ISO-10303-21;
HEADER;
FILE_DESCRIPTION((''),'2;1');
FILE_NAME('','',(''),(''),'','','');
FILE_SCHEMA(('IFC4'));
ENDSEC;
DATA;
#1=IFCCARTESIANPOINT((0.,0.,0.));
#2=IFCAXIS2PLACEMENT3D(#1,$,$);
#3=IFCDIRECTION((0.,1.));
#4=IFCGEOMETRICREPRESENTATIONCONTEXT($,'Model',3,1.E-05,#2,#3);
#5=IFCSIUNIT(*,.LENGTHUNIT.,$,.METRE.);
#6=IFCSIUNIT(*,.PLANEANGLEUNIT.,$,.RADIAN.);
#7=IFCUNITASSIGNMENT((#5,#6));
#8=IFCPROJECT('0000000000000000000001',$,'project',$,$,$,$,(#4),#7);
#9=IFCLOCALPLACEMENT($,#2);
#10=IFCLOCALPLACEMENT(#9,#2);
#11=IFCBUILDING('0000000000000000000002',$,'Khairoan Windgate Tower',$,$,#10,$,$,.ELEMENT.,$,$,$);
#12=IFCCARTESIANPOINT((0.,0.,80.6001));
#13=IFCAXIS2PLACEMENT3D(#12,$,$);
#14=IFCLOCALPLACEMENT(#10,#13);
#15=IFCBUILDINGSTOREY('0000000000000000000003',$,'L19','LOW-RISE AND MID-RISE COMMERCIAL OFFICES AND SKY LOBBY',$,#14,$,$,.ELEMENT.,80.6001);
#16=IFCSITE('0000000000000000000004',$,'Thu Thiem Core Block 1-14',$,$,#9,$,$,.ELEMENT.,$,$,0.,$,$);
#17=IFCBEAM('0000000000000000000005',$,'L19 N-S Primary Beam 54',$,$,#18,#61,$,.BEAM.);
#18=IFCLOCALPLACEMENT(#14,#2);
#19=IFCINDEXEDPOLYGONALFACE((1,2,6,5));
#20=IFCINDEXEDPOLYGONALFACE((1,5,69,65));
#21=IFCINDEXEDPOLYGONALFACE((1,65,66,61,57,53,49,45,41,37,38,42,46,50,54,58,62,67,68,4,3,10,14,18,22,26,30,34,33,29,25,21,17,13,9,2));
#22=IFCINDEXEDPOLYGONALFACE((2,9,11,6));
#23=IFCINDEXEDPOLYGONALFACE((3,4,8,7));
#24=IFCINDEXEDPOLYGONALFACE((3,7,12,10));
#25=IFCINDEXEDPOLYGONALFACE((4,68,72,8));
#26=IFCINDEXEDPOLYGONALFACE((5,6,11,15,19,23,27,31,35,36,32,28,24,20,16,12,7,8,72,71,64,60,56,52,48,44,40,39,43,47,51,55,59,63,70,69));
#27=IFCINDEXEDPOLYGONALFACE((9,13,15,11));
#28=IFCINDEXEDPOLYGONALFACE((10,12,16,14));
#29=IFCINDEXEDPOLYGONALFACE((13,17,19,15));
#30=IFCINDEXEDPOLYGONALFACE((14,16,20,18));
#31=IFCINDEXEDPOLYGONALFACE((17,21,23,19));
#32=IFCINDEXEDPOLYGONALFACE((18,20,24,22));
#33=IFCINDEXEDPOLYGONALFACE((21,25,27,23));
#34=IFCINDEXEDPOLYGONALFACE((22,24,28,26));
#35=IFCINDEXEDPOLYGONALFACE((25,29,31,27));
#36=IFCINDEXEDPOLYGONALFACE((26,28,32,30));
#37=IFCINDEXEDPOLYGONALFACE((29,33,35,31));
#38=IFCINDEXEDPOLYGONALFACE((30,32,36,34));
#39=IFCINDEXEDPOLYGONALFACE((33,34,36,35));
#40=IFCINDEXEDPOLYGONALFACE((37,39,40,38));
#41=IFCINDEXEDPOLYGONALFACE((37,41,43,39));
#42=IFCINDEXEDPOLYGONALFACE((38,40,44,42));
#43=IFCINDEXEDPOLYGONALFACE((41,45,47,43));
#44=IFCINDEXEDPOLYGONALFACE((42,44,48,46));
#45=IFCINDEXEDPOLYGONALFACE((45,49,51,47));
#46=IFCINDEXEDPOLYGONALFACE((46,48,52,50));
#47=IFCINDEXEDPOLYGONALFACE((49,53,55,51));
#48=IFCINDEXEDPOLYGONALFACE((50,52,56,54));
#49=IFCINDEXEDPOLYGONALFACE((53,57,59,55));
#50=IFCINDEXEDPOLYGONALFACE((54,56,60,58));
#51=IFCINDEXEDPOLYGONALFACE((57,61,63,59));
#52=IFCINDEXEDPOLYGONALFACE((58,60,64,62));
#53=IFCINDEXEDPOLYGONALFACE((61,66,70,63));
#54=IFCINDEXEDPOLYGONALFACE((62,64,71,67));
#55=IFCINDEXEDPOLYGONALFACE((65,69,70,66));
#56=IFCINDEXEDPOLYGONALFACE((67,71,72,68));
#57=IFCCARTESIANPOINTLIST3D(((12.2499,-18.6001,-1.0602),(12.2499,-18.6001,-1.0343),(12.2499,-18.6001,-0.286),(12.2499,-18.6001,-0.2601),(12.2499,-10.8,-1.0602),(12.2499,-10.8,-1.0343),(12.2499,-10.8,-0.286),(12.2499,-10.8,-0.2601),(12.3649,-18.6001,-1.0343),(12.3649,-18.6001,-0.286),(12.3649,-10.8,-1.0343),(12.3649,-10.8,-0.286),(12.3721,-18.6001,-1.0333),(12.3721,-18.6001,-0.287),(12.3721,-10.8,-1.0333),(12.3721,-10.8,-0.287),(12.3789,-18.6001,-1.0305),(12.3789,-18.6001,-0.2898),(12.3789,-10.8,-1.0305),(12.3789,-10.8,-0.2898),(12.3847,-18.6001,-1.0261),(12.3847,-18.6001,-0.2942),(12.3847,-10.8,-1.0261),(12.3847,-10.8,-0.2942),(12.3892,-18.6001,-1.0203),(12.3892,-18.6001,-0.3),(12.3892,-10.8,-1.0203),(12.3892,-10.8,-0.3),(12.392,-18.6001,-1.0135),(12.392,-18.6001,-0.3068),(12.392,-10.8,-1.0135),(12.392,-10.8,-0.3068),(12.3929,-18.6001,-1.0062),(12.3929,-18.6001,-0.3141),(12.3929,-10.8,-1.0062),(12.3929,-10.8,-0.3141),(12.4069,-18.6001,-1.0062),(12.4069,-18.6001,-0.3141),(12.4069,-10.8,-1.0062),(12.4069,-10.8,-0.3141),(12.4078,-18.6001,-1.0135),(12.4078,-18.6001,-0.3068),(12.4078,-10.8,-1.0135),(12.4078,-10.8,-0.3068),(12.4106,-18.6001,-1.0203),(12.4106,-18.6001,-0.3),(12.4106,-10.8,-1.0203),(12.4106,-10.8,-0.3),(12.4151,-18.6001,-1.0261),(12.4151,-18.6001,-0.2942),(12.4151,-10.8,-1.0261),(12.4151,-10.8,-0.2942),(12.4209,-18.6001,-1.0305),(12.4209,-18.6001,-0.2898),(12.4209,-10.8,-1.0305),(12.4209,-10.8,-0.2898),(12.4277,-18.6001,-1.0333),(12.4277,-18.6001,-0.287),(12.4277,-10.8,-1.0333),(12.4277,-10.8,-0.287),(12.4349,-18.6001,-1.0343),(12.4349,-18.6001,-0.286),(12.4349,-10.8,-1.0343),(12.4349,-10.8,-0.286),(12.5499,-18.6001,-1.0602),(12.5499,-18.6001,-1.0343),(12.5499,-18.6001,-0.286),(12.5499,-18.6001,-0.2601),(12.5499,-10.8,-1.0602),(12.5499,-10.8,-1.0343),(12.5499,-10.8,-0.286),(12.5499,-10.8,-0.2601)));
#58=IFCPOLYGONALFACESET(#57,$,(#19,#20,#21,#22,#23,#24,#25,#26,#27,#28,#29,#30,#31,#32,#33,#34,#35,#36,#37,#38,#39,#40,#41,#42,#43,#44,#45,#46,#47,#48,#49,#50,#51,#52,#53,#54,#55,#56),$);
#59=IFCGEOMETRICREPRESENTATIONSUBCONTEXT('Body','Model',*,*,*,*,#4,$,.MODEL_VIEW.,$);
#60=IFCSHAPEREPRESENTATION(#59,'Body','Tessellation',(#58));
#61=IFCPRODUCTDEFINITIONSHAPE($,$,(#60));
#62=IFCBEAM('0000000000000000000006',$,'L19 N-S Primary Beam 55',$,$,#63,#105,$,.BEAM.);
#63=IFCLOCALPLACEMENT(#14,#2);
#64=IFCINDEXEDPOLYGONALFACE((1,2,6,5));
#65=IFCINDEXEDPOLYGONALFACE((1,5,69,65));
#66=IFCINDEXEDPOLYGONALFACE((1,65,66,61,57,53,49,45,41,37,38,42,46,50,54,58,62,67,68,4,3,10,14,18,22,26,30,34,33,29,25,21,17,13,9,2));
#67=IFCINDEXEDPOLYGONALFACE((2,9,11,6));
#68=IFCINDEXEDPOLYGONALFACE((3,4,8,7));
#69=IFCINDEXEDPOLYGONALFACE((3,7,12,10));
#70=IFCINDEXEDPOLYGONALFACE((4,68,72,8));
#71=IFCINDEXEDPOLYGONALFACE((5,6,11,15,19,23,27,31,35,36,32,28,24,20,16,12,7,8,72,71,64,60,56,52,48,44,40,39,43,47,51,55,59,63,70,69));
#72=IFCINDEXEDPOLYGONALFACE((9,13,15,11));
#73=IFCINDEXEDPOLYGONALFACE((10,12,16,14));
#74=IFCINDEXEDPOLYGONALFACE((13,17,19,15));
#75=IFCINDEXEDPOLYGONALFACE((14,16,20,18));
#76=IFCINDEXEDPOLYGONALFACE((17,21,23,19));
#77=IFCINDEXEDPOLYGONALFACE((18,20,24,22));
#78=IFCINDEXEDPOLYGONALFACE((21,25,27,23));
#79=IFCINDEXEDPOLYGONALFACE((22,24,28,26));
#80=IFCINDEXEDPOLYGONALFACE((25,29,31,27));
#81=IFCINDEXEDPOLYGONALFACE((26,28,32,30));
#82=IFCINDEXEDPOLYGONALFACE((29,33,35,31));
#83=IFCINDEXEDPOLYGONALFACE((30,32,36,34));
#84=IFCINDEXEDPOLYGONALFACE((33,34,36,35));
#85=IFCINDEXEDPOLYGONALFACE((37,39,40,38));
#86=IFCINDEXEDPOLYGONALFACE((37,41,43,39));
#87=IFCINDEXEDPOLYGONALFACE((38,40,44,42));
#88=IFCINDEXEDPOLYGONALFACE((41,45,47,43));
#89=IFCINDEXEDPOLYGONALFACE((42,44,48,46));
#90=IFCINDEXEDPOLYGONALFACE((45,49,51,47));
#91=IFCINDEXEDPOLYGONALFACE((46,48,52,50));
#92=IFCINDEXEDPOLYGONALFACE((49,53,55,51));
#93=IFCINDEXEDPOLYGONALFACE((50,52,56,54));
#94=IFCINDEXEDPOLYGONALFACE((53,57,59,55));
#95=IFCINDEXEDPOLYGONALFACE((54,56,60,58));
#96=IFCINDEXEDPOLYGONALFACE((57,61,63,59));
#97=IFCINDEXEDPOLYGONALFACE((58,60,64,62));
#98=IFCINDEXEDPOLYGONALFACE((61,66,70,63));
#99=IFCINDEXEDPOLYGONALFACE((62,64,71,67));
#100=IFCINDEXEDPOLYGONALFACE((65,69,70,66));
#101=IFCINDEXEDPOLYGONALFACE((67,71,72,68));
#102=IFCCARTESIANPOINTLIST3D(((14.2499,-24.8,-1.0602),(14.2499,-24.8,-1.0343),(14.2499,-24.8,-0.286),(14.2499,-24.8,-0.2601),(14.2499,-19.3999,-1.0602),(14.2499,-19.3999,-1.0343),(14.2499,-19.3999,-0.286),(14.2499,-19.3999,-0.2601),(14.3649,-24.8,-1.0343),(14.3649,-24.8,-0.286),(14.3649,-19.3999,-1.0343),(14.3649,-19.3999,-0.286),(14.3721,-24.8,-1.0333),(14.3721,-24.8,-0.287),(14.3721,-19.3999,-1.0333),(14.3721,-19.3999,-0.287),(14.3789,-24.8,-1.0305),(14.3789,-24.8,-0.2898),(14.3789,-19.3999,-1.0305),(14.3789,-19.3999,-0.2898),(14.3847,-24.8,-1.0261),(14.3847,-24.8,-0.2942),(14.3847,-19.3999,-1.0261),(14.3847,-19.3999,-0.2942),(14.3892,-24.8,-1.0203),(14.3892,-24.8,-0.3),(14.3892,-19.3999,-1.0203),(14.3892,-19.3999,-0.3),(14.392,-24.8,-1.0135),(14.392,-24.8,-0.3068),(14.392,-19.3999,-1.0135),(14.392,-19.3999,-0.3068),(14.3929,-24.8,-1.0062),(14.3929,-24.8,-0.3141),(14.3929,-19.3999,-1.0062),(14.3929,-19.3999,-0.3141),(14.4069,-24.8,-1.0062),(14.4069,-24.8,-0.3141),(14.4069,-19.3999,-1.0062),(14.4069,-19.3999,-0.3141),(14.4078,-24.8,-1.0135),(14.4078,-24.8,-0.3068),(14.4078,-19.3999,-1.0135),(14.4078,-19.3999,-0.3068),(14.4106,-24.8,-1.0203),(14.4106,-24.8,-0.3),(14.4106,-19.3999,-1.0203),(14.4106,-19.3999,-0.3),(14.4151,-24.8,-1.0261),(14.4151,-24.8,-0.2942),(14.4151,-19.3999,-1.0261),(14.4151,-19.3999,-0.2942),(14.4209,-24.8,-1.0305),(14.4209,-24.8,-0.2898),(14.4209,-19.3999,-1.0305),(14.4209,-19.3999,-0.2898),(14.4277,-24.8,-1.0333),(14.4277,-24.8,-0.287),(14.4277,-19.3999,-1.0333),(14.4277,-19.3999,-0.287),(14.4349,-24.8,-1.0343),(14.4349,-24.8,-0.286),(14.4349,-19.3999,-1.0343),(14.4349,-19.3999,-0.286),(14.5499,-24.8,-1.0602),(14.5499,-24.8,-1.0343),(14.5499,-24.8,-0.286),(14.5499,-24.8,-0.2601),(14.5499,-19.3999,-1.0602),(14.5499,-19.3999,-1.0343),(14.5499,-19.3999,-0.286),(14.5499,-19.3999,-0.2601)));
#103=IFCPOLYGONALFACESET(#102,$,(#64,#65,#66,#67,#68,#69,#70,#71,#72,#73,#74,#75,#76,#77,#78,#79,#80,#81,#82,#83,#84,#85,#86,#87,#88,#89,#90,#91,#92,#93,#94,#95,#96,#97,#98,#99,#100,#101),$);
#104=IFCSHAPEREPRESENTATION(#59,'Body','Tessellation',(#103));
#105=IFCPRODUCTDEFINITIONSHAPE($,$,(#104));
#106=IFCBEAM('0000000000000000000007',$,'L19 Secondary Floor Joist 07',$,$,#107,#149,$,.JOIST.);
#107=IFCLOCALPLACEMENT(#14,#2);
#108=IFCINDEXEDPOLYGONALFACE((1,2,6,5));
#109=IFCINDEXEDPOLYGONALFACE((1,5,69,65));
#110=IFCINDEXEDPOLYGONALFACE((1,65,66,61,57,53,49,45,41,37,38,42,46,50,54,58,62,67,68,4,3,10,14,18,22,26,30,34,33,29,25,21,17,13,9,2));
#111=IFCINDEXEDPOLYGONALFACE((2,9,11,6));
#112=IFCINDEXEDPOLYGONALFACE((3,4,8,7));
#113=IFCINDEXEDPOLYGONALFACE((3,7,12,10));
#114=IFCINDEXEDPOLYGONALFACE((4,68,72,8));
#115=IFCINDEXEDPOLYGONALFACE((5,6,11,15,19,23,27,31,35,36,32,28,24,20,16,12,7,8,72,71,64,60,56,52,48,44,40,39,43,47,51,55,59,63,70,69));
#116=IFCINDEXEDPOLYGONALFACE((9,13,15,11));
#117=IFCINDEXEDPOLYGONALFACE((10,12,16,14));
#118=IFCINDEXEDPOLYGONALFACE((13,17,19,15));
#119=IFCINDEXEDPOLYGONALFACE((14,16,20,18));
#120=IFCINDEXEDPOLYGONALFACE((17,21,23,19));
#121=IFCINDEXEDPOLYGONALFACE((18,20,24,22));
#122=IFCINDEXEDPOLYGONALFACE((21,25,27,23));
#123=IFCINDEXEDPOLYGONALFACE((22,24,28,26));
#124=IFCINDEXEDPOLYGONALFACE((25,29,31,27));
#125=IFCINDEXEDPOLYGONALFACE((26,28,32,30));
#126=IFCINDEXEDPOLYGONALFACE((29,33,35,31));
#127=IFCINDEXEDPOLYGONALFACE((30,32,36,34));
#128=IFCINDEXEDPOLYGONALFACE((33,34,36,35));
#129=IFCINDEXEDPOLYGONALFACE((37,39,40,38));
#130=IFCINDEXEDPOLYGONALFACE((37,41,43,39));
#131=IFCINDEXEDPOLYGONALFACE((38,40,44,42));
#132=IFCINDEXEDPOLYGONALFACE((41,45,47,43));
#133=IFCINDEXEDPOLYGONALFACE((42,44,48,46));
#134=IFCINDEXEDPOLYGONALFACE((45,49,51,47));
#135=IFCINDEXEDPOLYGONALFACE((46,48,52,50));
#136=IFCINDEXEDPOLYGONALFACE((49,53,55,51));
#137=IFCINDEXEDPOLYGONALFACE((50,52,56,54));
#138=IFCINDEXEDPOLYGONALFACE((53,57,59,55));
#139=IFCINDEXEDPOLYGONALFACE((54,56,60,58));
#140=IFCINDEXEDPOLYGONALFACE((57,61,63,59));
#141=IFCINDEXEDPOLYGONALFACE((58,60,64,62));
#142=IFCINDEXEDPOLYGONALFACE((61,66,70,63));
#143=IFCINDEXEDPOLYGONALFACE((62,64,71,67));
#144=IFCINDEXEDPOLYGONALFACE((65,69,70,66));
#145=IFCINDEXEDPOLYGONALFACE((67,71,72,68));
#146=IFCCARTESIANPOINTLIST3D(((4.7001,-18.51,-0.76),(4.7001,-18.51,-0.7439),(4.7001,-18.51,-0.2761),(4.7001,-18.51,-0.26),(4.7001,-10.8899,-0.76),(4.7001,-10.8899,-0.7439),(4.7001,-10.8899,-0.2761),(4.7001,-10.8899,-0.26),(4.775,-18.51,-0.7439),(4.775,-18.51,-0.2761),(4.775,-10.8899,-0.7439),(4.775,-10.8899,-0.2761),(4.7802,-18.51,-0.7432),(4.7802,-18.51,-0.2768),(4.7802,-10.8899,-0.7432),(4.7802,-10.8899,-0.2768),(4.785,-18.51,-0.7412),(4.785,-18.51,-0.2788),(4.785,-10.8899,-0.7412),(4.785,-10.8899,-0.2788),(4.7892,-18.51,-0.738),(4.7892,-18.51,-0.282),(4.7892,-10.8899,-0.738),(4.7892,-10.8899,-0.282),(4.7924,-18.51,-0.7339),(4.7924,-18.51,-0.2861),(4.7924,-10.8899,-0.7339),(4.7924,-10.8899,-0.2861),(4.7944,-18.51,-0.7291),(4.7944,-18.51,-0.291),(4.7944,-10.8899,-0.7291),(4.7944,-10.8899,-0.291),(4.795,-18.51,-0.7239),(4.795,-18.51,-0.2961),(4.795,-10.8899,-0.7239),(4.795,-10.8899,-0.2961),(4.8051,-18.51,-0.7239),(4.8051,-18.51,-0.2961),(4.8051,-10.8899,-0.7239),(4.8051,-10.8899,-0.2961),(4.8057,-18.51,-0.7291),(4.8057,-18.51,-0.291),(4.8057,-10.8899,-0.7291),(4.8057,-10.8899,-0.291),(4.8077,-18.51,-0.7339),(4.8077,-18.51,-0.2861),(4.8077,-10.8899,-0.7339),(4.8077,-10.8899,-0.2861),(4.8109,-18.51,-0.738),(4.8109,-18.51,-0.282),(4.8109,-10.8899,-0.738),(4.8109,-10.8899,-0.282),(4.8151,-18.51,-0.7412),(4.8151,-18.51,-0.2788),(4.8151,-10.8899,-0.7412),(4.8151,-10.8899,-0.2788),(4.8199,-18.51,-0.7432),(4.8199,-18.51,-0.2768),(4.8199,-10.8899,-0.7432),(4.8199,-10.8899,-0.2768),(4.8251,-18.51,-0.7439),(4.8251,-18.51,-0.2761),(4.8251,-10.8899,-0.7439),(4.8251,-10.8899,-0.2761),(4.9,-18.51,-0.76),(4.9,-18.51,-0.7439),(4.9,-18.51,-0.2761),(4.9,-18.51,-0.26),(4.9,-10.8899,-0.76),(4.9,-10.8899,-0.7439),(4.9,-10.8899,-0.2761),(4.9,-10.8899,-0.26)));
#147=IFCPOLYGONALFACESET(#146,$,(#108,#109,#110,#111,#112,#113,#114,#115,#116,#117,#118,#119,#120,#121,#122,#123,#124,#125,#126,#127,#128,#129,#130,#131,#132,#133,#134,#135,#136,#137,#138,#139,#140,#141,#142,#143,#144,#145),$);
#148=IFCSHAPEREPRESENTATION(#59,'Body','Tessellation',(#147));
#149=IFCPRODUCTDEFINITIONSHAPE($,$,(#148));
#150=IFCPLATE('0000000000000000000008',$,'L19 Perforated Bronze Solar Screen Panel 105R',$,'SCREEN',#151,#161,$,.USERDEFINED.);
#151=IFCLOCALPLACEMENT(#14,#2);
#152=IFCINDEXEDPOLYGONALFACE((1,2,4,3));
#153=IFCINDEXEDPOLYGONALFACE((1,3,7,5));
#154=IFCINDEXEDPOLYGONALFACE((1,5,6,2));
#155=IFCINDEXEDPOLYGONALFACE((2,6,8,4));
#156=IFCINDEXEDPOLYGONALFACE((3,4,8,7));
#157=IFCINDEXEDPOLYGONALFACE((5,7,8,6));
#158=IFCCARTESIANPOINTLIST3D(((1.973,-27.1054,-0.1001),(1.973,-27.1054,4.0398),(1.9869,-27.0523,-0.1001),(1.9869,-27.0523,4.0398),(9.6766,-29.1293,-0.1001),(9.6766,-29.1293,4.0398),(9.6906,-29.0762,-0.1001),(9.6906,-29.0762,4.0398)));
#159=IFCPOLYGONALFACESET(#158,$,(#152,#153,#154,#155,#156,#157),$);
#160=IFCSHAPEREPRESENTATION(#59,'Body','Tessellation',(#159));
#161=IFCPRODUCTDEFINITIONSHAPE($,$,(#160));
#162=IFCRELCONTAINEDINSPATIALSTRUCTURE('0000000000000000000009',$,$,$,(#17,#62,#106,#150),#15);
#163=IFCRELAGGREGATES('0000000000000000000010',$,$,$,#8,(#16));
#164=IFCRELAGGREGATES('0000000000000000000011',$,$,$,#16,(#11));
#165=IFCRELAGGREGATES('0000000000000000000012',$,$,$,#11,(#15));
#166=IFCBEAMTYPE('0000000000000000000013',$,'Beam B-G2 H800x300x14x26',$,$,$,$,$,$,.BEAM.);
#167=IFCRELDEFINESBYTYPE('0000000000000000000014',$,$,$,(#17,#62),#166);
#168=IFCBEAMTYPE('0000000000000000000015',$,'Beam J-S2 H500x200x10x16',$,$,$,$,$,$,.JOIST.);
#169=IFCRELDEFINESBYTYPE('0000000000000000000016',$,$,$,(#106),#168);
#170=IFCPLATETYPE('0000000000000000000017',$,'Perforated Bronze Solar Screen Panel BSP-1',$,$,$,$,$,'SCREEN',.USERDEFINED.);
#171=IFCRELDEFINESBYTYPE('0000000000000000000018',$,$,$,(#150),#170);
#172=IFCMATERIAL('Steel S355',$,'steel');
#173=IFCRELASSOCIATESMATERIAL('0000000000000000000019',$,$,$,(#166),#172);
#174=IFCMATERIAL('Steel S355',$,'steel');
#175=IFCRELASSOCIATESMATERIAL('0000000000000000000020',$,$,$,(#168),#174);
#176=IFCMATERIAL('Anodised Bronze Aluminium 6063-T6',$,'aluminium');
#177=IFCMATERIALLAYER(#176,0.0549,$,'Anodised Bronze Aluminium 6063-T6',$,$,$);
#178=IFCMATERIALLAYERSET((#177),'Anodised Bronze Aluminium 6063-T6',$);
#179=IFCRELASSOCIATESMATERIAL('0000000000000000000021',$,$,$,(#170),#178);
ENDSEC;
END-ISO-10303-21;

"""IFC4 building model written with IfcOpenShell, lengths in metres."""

from ifc_helpers import new_model, si_unit, direction, frame, origin, origin_2d, place, context, subcontext, project, spatial, rectangle, i_section, extrude, material, layer, layer_set, material_profile, profile_set, type_object, element, save


model = new_model("IFC4")

# Units and contexts
model_context = context("Model", 3, precision=1e-05, world=origin(), true_north=direction((0.0, 1.0)))
body_context = subcontext(model_context, "Body", "Model", "MODEL_VIEW")
ifc_project = project(units=[si_unit("LENGTHUNIT", "METRE"), si_unit("PLANEANGLEUNIT", "RADIAN")], contexts=[model_context])

# Site, building, storey
site_placement = place(None, origin())
site = spatial("IfcSite", under=ifc_project, at=site_placement, Name="Thu Thiem Core Block 1-14", CompositionType="ELEMENT", RefElevation=0.0)
building_placement = place(site_placement, origin())
building = spatial("IfcBuilding", under=site, at=building_placement, Name="Khairoan Windgate Tower", CompositionType="ELEMENT")
storey_placement = place(building_placement, frame((0.0, 0.0, 80.6001)))
storey = spatial("IfcBuildingStorey", under=building, at=storey_placement, Name="L19", Description="LOW-RISE AND MID-RISE COMMERCIAL OFFICES AND SKY LOBBY", CompositionType="ELEMENT", Elevation=80.6001)

# Beams
ifc_material_1 = material(Name="Steel S355", Category="steel")
ifc_material_profile_1 = material_profile(ifc_material_1, i_section(OverallWidth=0.3, OverallDepth=0.8, WebThickness=0.0139, FlangeThickness=0.0259, FilletRadius=0.0281, at=origin_2d()))
ifc_profile_set_1 = profile_set([ifc_material_profile_1], Name="Steel S355")
beam_type_1 = type_object("IfcBeamType", Name="Beam B-G2 H800x300x14x26", PredefinedType="BEAM", material=ifc_profile_set_1)
for number, where, z_axis, x_axis, name in (
    (1, (12.3999, -18.6001, -0.6602), (0.0, 1.0, 0.0), (-1.0, 0.0, 0.0), "L19 N-S Primary Beam 54"),
):
    element("IfcBeam", number, at=place(storey_placement, frame(where, z_axis=z_axis, x_axis=x_axis)), inside=storey, type_object=beam_type_1, Name=name, PredefinedType="BEAM", context=body_context, shape_type="SweptSolid", body=[
        extrude(i_section(OverallWidth=0.3, OverallDepth=0.8, WebThickness=0.0139, FlangeThickness=0.0259, FilletRadius=0.0281, at=origin_2d()), origin(), (0.0, 0.0, 1.0), 7.8),
    ])
beam_1_placement = place(storey_placement, frame((14.3999, -24.8, -0.6602), z_axis=(0.0, 1.0, 0.0), x_axis=(-1.0, 0.0, 0.0)))
element("IfcBeam", 2, at=beam_1_placement, inside=storey, type_object=beam_type_1, Name="L19 N-S Primary Beam 55", PredefinedType="BEAM", context=body_context, shape_type="SweptSolid", body=[
    extrude(i_section(OverallWidth=0.3, OverallDepth=0.8, WebThickness=0.0139, FlangeThickness=0.0259, FilletRadius=0.0281, at=origin_2d()), origin(), (0.0, 0.0, 1.0), 5.4001),
])
ifc_material_2 = material(Name="Steel S355", Category="steel")
ifc_material_profile_2 = material_profile(ifc_material_2, i_section(OverallWidth=0.2, OverallDepth=0.5, WebThickness=0.01, FlangeThickness=0.0161, FilletRadius=0.02, at=origin_2d()))
ifc_profile_set_2 = profile_set([ifc_material_profile_2], Name="Steel S355")
beam_type_2 = type_object("IfcBeamType", Name="Beam J-S2 H500x200x10x16", PredefinedType="JOIST", material=ifc_profile_set_2)
beam_2_placement = place(storey_placement, frame((4.8, -18.51, -0.51), z_axis=(0.0, 1.0, 0.0), x_axis=(-1.0, 0.0, 0.0)))
element("IfcBeam", 3, at=beam_2_placement, inside=storey, type_object=beam_type_2, Name="L19 Secondary Floor Joist 07", PredefinedType="JOIST", context=body_context, shape_type="SweptSolid", body=[
    extrude(i_section(OverallWidth=0.2, OverallDepth=0.5, WebThickness=0.01, FlangeThickness=0.0161, FilletRadius=0.02, at=origin_2d()), origin(), (0.0, 0.0, 1.0), 7.6201),
])

# Plate
ifc_material_3 = material(Name="Anodised Bronze Aluminium 6063-T6", Category="aluminium")
ifc_layer_1 = layer(ifc_material_3, 0.0549, Name="Anodised Bronze Aluminium 6063-T6")
ifc_layer_set_1 = layer_set([ifc_layer_1], Name="Anodised Bronze Aluminium 6063-T6")
plate_type = type_object("IfcPlateType", Name="Perforated Bronze Solar Screen Panel BSP-1", ElementType="SCREEN", PredefinedType="USERDEFINED", material=ifc_layer_set_1)
plate_placement = place(storey_placement, frame((5.8318, -28.0908, -0.1001), z_axis=(0.0, 0.0, 1.0), x_axis=(-0.967179, 0.254096, 0.0)))
element("IfcPlate", 4, at=plate_placement, inside=storey, type_object=plate_type, Name="L19 Perforated Bronze Solar Screen Panel 105R", ObjectType="SCREEN", PredefinedType="USERDEFINED", context=body_context, shape_type="SweptSolid", body=[
    extrude(rectangle(XDim=7.9651, YDim=0.0549, at=origin_2d()), origin(), (0.0, 0.0, 1.0), 4.1399),
])

save(model, "model.ifc")
